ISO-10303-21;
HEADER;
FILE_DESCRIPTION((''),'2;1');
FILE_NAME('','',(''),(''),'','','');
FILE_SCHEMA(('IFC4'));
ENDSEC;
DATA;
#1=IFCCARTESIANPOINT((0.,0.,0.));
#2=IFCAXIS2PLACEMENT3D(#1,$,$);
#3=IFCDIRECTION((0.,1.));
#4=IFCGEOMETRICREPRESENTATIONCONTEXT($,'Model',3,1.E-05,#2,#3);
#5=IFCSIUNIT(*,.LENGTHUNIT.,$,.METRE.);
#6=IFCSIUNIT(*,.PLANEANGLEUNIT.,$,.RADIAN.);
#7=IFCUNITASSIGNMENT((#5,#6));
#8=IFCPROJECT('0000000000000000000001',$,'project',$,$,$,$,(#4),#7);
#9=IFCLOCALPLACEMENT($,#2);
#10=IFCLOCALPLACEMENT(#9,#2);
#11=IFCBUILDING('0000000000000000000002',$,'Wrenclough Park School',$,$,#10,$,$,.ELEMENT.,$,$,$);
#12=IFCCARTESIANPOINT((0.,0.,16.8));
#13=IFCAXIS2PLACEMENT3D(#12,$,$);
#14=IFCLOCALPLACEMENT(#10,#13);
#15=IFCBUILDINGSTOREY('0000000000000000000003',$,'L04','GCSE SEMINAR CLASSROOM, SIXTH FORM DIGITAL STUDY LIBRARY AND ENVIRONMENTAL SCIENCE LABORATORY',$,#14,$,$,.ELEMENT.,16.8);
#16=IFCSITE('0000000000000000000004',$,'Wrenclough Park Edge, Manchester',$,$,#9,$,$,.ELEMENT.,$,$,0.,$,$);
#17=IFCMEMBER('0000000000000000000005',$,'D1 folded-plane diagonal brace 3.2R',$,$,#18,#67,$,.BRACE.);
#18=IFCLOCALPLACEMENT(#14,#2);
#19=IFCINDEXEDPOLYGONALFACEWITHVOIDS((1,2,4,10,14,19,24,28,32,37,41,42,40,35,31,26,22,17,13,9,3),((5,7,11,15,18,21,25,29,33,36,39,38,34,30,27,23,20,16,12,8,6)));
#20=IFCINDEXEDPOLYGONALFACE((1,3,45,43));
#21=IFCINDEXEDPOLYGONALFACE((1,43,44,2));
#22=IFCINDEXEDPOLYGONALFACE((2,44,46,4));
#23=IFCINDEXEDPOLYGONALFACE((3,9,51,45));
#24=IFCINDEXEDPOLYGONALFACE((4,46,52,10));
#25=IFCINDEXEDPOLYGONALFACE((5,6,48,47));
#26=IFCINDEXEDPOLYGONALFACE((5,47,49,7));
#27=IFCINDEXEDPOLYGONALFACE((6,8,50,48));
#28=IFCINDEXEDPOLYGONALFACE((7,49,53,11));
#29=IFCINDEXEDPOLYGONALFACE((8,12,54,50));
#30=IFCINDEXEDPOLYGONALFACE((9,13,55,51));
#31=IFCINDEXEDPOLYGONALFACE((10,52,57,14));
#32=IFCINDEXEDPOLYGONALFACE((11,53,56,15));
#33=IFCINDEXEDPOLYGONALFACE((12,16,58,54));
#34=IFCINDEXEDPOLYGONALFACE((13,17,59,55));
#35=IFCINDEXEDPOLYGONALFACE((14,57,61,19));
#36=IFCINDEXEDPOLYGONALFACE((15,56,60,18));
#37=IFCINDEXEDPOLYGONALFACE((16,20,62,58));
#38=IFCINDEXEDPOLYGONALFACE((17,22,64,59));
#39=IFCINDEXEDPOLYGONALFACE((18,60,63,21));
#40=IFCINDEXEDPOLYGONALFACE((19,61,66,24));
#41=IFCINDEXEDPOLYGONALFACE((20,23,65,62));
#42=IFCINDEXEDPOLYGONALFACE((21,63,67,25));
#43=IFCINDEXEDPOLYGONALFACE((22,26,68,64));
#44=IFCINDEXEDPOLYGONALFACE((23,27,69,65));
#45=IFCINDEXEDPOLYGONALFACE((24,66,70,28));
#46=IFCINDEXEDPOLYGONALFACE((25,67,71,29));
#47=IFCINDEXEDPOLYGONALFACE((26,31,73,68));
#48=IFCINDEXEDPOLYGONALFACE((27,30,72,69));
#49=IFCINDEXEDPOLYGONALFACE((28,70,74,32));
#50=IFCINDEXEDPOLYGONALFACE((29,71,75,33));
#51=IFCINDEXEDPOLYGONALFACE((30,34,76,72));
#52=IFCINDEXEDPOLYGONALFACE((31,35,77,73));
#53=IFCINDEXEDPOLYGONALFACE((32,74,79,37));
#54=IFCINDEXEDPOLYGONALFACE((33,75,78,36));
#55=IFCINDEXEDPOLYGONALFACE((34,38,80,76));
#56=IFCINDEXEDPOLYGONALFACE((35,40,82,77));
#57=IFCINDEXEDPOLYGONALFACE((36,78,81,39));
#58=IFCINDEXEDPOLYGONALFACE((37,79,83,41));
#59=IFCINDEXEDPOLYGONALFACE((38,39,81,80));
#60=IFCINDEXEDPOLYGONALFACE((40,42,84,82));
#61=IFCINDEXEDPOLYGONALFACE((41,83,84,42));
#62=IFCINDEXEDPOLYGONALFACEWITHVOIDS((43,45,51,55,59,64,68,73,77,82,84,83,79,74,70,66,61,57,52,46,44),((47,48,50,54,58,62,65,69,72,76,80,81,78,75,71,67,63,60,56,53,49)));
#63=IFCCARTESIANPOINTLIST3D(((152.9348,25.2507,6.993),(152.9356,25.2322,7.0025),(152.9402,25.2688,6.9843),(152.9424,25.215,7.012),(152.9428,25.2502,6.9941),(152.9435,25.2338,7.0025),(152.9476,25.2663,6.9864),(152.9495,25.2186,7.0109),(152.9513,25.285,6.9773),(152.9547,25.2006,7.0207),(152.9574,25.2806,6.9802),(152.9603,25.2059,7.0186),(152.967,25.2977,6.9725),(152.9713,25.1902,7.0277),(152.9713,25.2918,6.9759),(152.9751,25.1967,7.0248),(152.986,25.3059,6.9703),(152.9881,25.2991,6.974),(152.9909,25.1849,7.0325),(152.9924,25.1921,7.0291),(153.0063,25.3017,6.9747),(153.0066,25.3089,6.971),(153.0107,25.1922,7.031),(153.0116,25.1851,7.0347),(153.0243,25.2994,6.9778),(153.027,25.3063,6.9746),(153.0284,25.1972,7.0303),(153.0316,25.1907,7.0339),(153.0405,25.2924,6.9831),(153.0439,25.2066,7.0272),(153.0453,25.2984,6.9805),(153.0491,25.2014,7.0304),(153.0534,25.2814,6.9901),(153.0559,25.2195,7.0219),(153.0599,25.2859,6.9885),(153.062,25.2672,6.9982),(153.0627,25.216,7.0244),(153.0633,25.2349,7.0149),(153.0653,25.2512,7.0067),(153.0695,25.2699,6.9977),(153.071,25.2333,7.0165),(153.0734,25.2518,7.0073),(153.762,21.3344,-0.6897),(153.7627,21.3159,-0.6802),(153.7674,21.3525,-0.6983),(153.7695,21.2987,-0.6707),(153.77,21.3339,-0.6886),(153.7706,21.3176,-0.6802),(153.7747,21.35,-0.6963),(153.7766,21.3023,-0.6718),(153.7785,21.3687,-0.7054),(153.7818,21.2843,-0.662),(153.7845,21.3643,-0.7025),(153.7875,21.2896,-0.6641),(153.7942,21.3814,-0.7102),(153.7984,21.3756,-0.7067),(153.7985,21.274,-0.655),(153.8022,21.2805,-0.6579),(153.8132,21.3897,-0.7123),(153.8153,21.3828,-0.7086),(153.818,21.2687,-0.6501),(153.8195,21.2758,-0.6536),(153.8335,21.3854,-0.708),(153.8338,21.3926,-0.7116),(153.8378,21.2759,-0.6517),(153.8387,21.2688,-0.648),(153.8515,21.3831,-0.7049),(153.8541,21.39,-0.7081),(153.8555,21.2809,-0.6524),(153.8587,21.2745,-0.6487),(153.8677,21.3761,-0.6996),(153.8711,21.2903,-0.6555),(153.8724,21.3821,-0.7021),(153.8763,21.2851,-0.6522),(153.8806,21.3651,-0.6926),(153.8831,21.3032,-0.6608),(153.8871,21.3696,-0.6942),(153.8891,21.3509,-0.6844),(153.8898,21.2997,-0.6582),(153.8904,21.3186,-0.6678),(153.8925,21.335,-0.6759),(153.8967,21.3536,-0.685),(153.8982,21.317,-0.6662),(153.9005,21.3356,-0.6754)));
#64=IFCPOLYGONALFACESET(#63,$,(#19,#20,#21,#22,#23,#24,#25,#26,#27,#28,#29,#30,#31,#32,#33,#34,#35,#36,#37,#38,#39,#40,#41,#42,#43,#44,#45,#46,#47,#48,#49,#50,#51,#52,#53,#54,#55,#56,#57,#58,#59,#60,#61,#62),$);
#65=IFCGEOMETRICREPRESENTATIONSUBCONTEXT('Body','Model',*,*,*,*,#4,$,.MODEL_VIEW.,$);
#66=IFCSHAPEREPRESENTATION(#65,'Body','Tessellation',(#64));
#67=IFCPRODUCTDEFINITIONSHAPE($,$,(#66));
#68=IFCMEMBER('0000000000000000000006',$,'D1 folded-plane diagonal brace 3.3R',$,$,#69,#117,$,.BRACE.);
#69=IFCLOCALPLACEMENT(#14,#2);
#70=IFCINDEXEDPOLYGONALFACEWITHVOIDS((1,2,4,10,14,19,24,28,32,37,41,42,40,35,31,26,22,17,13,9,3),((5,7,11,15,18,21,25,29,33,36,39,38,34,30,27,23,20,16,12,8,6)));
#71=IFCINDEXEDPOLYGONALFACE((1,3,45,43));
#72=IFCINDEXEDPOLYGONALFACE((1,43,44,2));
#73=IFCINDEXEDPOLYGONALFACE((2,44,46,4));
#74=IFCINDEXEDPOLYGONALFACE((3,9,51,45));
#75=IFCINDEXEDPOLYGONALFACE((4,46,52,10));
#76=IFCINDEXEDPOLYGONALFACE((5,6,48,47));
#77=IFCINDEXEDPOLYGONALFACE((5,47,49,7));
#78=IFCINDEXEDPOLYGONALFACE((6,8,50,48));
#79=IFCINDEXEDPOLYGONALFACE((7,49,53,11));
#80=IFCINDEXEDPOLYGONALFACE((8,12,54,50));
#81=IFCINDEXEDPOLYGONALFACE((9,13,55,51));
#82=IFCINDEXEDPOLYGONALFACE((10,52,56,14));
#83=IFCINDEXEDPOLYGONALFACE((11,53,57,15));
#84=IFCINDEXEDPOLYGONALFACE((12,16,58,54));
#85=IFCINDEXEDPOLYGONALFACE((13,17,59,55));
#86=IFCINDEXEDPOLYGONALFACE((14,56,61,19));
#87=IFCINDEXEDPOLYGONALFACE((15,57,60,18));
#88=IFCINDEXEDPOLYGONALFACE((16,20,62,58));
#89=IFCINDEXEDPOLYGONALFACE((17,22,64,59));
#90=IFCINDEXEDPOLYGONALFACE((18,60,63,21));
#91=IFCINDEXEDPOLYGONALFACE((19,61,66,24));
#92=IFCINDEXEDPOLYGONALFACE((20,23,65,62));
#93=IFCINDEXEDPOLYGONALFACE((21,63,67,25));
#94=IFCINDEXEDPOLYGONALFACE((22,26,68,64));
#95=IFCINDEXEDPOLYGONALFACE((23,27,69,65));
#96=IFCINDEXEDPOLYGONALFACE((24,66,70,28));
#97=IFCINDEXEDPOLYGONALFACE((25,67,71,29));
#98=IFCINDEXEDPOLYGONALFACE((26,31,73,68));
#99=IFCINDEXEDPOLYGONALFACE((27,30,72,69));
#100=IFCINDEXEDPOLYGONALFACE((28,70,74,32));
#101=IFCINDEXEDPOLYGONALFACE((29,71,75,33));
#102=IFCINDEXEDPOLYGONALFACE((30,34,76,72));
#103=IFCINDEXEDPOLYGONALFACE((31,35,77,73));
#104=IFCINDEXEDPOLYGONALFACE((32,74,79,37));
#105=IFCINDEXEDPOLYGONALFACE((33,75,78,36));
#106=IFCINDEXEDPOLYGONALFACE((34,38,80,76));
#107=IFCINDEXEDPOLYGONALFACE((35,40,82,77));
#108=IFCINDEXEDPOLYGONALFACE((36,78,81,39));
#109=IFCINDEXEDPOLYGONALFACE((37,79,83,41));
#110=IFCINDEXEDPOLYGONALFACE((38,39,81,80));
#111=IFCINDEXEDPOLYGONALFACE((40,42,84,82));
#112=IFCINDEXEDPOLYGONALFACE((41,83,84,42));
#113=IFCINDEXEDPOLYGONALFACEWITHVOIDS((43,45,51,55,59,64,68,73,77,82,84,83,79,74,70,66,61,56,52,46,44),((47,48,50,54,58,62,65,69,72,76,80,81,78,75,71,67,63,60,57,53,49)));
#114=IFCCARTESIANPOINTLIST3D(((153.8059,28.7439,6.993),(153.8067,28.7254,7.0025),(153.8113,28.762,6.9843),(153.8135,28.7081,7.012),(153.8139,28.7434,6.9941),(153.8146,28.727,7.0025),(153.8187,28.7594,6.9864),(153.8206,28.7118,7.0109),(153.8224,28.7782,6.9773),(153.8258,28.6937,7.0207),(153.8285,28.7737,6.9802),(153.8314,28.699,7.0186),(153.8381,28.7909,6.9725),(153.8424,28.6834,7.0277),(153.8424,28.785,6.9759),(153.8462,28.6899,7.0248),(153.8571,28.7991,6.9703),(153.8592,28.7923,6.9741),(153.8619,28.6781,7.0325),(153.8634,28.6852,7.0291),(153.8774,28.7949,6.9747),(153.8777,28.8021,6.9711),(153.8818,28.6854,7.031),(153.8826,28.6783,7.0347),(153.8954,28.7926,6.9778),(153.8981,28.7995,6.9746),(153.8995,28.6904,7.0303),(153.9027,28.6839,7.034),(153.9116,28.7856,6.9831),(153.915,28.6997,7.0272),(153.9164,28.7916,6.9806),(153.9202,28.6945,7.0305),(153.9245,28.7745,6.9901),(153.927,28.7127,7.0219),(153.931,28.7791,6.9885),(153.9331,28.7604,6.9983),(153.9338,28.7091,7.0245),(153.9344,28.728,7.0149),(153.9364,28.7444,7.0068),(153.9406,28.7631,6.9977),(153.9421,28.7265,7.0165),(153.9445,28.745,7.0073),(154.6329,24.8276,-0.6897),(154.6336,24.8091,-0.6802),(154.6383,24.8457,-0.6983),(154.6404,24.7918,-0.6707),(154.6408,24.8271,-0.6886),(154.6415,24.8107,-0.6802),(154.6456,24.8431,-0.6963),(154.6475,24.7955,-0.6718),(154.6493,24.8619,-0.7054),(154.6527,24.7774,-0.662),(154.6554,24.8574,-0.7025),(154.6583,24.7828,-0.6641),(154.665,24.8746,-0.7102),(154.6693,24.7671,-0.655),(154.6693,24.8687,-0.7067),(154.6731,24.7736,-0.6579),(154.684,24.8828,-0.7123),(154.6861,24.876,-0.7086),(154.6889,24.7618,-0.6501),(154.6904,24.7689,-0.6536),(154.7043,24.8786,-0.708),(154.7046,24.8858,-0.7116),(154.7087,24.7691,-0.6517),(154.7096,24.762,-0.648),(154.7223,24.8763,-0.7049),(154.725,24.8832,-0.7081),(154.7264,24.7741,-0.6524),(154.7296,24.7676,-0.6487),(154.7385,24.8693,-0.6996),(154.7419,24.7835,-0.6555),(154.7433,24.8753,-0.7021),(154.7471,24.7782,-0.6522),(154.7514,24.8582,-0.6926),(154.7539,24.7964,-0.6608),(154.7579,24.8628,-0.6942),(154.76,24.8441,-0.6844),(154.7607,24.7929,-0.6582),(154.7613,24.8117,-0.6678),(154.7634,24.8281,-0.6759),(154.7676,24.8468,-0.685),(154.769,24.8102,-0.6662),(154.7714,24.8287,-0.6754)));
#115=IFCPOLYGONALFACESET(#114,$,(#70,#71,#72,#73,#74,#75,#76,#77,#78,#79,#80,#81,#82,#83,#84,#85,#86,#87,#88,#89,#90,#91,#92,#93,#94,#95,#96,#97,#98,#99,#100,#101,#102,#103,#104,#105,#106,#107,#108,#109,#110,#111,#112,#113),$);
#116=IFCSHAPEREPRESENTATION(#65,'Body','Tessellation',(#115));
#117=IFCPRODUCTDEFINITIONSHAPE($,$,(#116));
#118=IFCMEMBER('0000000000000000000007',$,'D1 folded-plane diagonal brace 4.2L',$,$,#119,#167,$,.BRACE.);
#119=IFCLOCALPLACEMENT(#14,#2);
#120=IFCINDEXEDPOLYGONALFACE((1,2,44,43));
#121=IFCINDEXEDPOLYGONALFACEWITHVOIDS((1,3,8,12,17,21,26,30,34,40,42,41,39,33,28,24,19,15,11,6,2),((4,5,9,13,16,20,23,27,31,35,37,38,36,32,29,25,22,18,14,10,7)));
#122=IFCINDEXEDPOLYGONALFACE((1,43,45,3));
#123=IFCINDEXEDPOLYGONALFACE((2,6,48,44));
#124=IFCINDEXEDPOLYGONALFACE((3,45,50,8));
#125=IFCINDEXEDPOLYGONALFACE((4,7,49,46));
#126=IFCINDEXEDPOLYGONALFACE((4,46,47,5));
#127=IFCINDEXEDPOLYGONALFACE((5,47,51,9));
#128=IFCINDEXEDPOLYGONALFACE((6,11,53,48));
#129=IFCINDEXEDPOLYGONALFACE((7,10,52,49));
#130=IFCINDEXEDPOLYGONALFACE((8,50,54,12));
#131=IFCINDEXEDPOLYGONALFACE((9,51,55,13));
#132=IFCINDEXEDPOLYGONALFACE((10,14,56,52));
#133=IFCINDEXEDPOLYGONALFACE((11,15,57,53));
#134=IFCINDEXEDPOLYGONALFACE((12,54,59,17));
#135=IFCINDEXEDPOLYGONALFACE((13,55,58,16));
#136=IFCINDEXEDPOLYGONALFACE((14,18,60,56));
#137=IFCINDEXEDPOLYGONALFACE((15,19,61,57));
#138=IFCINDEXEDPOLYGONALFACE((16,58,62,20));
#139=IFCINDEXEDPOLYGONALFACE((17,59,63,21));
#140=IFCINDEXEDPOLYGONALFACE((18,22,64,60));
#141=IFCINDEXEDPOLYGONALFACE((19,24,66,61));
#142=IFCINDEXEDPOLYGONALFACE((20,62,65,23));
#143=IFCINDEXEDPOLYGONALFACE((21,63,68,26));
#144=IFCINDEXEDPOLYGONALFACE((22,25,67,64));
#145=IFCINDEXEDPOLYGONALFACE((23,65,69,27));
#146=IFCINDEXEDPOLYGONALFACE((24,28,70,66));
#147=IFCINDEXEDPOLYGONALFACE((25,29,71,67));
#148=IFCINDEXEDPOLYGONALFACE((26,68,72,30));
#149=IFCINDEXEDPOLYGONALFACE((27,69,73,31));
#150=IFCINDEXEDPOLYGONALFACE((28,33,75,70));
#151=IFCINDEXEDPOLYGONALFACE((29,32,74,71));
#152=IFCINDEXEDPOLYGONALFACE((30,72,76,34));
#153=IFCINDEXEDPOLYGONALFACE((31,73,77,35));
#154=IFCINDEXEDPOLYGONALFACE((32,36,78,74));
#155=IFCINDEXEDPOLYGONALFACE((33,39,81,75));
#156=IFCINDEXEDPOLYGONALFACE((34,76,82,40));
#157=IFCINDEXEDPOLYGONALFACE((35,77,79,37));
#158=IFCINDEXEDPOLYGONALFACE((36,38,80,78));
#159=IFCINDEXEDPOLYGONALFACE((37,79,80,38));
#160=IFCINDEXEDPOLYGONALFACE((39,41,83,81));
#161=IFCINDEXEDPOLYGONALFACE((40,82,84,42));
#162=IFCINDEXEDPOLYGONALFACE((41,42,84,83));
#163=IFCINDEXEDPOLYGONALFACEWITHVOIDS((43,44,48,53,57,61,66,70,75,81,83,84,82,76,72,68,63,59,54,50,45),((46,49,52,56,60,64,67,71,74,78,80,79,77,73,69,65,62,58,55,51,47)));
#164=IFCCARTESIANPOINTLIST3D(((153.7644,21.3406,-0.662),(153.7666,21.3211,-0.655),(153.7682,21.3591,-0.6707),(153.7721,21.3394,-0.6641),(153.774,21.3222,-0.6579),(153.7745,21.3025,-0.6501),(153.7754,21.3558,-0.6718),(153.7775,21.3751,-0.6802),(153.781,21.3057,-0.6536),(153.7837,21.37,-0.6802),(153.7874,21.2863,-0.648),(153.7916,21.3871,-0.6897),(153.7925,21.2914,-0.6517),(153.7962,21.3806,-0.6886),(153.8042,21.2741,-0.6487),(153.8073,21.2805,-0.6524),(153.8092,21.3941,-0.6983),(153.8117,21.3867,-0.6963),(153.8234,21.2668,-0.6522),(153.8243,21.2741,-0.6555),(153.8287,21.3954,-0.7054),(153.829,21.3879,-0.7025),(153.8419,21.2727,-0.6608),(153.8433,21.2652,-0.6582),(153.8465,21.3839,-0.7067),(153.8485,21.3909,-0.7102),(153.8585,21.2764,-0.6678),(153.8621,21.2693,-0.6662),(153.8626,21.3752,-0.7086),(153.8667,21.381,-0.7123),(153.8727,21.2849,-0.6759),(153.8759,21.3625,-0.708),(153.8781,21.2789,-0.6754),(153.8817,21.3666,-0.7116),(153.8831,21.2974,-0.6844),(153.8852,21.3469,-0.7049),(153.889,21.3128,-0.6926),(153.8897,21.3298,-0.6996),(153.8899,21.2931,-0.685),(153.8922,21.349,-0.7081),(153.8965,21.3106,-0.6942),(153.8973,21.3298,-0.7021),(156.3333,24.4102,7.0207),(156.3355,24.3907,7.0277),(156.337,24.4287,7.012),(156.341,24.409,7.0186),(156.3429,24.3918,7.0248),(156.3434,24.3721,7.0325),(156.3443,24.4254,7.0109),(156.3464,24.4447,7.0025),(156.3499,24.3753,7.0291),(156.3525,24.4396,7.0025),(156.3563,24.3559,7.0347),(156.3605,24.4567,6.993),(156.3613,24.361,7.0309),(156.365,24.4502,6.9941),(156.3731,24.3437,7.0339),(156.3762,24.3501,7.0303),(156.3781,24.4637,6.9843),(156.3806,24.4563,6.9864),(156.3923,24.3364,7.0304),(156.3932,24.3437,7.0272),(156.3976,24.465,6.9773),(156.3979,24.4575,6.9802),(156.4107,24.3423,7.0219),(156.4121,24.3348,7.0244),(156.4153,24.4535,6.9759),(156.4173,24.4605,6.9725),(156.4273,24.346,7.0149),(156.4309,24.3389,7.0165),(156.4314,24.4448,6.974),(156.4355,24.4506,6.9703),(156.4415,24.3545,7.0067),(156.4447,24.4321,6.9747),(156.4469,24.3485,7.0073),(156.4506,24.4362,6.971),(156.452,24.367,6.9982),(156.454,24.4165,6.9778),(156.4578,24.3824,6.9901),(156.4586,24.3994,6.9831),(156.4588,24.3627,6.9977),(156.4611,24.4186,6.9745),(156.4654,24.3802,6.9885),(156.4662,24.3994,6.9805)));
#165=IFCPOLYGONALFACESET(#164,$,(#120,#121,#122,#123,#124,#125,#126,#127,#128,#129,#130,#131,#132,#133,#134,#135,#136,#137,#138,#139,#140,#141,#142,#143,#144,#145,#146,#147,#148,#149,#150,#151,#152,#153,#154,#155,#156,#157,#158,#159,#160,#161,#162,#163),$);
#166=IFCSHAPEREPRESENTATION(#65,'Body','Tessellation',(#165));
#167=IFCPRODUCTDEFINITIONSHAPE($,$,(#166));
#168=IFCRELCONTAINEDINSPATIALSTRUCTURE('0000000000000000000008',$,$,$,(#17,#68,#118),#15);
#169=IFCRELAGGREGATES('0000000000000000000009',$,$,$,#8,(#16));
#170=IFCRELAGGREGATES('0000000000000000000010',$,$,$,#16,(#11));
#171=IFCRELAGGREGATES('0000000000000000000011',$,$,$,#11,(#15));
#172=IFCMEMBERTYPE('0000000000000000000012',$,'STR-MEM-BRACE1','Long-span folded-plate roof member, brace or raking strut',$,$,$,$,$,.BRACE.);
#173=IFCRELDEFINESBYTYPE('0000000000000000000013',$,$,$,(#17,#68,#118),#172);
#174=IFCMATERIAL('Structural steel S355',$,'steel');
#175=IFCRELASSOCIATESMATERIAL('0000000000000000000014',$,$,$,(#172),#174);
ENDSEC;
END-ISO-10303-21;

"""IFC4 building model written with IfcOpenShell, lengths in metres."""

from ifc_helpers import new_model, si_unit, direction, frame, origin, origin_2d, place, context, subcontext, project, spatial, hollow_circle, extrude, material, material_profile, profile_set, type_object, element, save


model = new_model("IFC4")

# Units and contexts
model_context = context("Model", 3, precision=1e-05, world=origin(), true_north=direction((0.0, 1.0)))
body_context = subcontext(model_context, "Body", "Model", "MODEL_VIEW")
ifc_project = project(units=[si_unit("LENGTHUNIT", "METRE"), si_unit("PLANEANGLEUNIT", "RADIAN")], contexts=[model_context])

# Site, building, storey
site_placement = place(None, origin())
site = spatial("IfcSite", under=ifc_project, at=site_placement, Name="Wrenclough Park Edge, Manchester", CompositionType="ELEMENT", RefElevation=0.0)
building_placement = place(site_placement, origin())
building = spatial("IfcBuilding", under=site, at=building_placement, Name="Wrenclough Park School", CompositionType="ELEMENT")
storey_placement = place(building_placement, frame((0.0, 0.0, 16.8)))
storey = spatial("IfcBuildingStorey", under=building, at=storey_placement, Name="L04", Description="GCSE SEMINAR CLASSROOM, SIXTH FORM DIGITAL STUDY LIBRARY AND ENVIRONMENTAL SCIENCE LABORATORY", CompositionType="ELEMENT", Elevation=16.8)

# Members
ifc_material = material(Name="Structural steel S355", Category="steel")
ifc_material_profile_1 = material_profile(ifc_material, hollow_circle(Radius=0.0698, WallThickness=0.0081, at=origin_2d()), Name="CHS 139.7x8.0")
ifc_profile_set_1 = profile_set([ifc_material_profile_1], Name="Structural steel S355")
member_type_1 = type_object("IfcMemberType", Name="STR-MEM-BRACE1", Description="Long-span folded-plate roof member, brace or raking strut", PredefinedType="BRACE", material=ifc_profile_set_1)
for number, where, z_axis, x_axis, name in (
    (1, (153.8311, 21.3303, -0.6802), (-0.095483, 0.452079, 0.886853), (-0.978415, -0.20665, 0.0), "D1 folded-plane diagonal brace 3.2R"),
    (2, (154.7019, 24.8235, -0.6802), (-0.095455, 0.45208, 0.886855), (-0.978427, -0.206591, 0.0), "D1 folded-plane diagonal brace 3.3R"),
    (3, (153.8311, 21.3303, -0.6802), (0.296538, 0.354341, 0.886853), (-0.766885, 0.641785, 0.0), "D1 folded-plane diagonal brace 4.2L"),
):
    element("IfcMember", number, at=place(storey_placement, frame(where, z_axis=z_axis, x_axis=x_axis)), inside=storey, type_object=member_type_1, Name=name, PredefinedType="BRACE", context=body_context, shape_type="SweptSolid", body=[
        extrude(hollow_circle(Radius=0.0698, WallThickness=0.0081, at=origin_2d()), origin(), (0.0, 0.0, 1.0), 8.6628),
    ])

save(model, "model.ifc")
